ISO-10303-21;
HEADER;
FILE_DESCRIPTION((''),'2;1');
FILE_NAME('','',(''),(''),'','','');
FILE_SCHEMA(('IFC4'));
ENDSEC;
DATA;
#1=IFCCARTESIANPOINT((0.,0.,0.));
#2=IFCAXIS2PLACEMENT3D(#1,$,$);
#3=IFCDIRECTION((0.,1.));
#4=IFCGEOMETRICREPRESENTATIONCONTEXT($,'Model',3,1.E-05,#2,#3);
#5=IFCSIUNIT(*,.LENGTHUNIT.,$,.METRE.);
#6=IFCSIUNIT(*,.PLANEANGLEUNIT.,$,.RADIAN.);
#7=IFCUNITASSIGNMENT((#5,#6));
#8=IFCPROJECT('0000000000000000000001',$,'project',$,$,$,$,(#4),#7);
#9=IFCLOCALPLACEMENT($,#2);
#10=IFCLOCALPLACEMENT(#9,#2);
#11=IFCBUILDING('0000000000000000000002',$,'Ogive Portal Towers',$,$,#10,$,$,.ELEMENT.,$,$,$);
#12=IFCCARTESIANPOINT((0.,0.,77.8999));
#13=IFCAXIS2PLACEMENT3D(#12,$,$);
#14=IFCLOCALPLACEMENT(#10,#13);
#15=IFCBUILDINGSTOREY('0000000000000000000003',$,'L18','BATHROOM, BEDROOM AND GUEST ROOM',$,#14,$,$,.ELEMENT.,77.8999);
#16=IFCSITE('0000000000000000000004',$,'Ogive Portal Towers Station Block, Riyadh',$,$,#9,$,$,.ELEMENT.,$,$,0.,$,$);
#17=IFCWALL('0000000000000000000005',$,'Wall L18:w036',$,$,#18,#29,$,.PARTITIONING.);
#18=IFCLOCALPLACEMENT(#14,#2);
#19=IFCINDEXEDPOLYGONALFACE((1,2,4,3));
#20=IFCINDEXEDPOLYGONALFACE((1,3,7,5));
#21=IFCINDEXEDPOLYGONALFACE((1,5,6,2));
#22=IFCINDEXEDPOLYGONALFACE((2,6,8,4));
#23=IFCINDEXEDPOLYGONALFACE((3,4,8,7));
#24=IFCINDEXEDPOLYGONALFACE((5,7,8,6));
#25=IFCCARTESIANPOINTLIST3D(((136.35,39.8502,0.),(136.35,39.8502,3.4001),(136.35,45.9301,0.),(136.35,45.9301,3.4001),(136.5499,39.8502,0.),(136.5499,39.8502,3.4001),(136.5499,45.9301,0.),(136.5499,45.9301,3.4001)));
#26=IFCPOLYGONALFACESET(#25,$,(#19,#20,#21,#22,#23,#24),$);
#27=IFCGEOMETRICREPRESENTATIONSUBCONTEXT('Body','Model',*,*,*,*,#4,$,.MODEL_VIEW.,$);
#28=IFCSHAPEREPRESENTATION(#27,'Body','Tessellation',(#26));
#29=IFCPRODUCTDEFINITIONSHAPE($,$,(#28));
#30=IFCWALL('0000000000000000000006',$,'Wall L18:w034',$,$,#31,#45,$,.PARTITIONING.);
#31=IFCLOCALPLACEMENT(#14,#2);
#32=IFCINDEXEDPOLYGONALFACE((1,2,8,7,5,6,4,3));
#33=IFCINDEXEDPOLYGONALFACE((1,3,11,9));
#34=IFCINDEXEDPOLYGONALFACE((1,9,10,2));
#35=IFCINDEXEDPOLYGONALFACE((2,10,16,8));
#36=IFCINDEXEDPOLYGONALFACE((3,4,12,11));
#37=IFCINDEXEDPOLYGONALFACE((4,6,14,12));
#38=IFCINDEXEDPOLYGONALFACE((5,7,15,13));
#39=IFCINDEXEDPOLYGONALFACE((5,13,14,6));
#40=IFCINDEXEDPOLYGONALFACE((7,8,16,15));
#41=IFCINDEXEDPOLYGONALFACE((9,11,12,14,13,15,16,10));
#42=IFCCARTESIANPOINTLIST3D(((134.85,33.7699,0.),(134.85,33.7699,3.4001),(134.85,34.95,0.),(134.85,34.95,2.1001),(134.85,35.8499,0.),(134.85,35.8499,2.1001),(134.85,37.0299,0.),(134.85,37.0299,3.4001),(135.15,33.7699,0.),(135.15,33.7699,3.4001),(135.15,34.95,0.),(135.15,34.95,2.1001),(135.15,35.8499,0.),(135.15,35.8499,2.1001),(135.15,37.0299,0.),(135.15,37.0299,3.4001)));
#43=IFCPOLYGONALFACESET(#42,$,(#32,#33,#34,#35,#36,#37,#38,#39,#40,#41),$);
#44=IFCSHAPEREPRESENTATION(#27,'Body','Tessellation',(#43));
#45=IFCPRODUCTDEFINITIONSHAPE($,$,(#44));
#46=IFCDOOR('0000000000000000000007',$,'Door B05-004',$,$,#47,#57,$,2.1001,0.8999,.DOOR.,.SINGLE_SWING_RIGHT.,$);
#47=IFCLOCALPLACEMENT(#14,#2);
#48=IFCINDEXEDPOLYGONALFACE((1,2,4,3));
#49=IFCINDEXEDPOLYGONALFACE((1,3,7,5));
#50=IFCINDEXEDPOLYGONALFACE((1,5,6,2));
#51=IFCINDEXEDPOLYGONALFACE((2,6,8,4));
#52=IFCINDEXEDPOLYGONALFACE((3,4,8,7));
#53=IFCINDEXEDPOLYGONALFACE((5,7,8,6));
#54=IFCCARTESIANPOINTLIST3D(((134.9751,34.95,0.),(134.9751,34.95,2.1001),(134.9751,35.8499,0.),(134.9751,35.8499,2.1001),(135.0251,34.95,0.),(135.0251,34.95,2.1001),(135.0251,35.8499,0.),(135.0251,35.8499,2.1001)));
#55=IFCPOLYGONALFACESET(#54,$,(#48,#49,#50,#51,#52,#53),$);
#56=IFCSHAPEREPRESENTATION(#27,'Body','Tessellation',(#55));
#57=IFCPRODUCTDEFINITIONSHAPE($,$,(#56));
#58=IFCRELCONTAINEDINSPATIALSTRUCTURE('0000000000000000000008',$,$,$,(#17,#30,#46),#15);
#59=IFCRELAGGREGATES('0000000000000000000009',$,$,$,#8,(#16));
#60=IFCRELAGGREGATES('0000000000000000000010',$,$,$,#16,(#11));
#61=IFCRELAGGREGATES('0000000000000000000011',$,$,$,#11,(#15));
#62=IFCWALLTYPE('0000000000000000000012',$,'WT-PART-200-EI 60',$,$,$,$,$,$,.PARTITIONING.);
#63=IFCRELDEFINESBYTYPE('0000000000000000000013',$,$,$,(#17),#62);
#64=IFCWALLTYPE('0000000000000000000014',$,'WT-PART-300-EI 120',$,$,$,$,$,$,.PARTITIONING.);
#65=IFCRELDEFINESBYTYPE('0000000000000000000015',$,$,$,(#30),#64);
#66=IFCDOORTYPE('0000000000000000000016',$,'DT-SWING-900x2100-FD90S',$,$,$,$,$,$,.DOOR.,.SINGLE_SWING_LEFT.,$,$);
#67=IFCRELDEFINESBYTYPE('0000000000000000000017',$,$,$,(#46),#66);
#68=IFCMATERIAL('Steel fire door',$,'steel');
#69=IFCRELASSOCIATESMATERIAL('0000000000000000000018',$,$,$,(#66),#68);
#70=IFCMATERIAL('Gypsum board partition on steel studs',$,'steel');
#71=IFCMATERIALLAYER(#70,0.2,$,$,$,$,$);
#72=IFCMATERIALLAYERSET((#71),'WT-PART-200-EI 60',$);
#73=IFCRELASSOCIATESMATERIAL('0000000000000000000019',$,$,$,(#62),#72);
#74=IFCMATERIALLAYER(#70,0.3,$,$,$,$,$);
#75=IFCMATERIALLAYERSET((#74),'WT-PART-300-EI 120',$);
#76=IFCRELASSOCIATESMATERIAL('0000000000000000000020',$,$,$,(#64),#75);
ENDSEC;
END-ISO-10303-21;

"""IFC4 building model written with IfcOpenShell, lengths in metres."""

from ifc_helpers import new_model, si_unit, direction, frame, frame_2d, origin, place, context, subcontext, project, spatial, rectangle, extrude, material, layer, layer_set, type_object, element, fill, save


model = new_model("IFC4")

# Units and contexts
model_context = context("Model", 3, precision=1e-05, world=origin(), true_north=direction((0.0, 1.0)))
body_context = subcontext(model_context, "Body", "Model", "MODEL_VIEW")
ifc_project = project(units=[si_unit("LENGTHUNIT", "METRE"), si_unit("PLANEANGLEUNIT", "RADIAN")], contexts=[model_context])

# Site, building, storey
site_placement = place(None, origin())
site = spatial("IfcSite", under=ifc_project, at=site_placement, Name="Ogive Portal Towers Station Block, Riyadh", CompositionType="ELEMENT", RefElevation=0.0)
building_placement = place(site_placement, origin())
building = spatial("IfcBuilding", under=site, at=building_placement, Name="Ogive Portal Towers", CompositionType="ELEMENT")
storey_placement = place(building_placement, frame((0.0, 0.0, 77.8999)))
storey = spatial("IfcBuildingStorey", under=building, at=storey_placement, Name="L18", Description="BATHROOM, BEDROOM AND GUEST ROOM", CompositionType="ELEMENT", Elevation=77.8999)

# Shared definitions
ifc_material_1 = material(Name="Steel fire door", Category="steel")
door_type_1 = type_object("IfcDoorType", Name="DT-SWING-900x2100-FD90S", OperationType="SINGLE_SWING_LEFT", PredefinedType="DOOR", material=ifc_material_1)

# Wall
ifc_material_2 = material(Name="Gypsum board partition on steel studs", Category="steel")
ifc_layer_1 = layer(ifc_material_2, 0.2)
ifc_layer_set_1 = layer_set([ifc_layer_1], Name="WT-PART-200-EI 60")
wall_type_1 = type_object("IfcWallType", Name="WT-PART-200-EI 60", PredefinedType="PARTITIONING", material=ifc_layer_set_1)
wall_1_placement = place(storey_placement, frame((136.45, 39.8501, 0.0), z_axis=(0.0, 0.0, 1.0), x_axis=(0.0, 1.0, 0.0)))
element("IfcWall", 1, at=wall_1_placement, inside=storey, type_object=wall_type_1, Name="Wall L18:w036", PredefinedType="PARTITIONING", context=body_context, shape_type="SweptSolid", body=[
    extrude(rectangle(XDim=6.0798, YDim=0.2, at=frame_2d((3.04, 0.0))), origin(), (0.0, 0.0, 1.0), 3.4001),
])

# Wall, opening, door
ifc_layer_2 = layer(ifc_material_2, 0.3)
ifc_layer_set_2 = layer_set([ifc_layer_2], Name="WT-PART-300-EI 120")
wall_type_2 = type_object("IfcWallType", Name="WT-PART-300-EI 120", PredefinedType="PARTITIONING", material=ifc_layer_set_2)
wall_2_placement = place(storey_placement, frame((135.0, 33.77, 0.0), z_axis=(0.0, 0.0, 1.0), x_axis=(0.0, 1.0, 0.0)))
wall_2 = element("IfcWall", 2, at=wall_2_placement, inside=storey, type_object=wall_type_2, Name="Wall L18:w034", PredefinedType="PARTITIONING", context=body_context, shape_type="SweptSolid", body=[
    extrude(rectangle(XDim=3.26, YDim=0.3, at=frame_2d((1.6299, 0.0))), origin(), (0.0, 0.0, 1.0), 3.4001),
])
opening_1_placement = place(wall_2_placement, frame((1.1799, 0.0, 0.0)))
opening_1 = element("IfcOpeningElement", 3, at=opening_1_placement, cuts=wall_2, PredefinedType="OPENING", context=body_context, shape_type="SweptSolid", body=[
    extrude(rectangle(XDim=0.8999, YDim=2.1001, at=frame_2d((0.45, 1.05))), frame((0.0, 0.1602, 0.0), z_axis=(0.0, -1.0, 0.0), x_axis=(1.0, 0.0, 0.0)), (0.0, 0.0, 1.0), 0.3201),
])
door_1_placement = place(opening_1_placement, origin())
door_1 = element("IfcDoor", 4, at=door_1_placement, inside=storey, type_object=door_type_1, Name="Door B05-004", OperationType="SINGLE_SWING_RIGHT", OverallHeight=2.1001, OverallWidth=0.8999, PredefinedType="DOOR", context=body_context, shape_type="SweptSolid", body=[
    extrude(rectangle(XDim=0.8999, YDim=2.1001, at=frame_2d((0.45, 1.05))), frame((0.0, 0.0249, 0.0), z_axis=(0.0, -1.0, 0.0), x_axis=(1.0, 0.0, 0.0)), (0.0, 0.0, 1.0), 0.05),
])
fill(opening_1, door_1)

save(model, "model.ifc")
